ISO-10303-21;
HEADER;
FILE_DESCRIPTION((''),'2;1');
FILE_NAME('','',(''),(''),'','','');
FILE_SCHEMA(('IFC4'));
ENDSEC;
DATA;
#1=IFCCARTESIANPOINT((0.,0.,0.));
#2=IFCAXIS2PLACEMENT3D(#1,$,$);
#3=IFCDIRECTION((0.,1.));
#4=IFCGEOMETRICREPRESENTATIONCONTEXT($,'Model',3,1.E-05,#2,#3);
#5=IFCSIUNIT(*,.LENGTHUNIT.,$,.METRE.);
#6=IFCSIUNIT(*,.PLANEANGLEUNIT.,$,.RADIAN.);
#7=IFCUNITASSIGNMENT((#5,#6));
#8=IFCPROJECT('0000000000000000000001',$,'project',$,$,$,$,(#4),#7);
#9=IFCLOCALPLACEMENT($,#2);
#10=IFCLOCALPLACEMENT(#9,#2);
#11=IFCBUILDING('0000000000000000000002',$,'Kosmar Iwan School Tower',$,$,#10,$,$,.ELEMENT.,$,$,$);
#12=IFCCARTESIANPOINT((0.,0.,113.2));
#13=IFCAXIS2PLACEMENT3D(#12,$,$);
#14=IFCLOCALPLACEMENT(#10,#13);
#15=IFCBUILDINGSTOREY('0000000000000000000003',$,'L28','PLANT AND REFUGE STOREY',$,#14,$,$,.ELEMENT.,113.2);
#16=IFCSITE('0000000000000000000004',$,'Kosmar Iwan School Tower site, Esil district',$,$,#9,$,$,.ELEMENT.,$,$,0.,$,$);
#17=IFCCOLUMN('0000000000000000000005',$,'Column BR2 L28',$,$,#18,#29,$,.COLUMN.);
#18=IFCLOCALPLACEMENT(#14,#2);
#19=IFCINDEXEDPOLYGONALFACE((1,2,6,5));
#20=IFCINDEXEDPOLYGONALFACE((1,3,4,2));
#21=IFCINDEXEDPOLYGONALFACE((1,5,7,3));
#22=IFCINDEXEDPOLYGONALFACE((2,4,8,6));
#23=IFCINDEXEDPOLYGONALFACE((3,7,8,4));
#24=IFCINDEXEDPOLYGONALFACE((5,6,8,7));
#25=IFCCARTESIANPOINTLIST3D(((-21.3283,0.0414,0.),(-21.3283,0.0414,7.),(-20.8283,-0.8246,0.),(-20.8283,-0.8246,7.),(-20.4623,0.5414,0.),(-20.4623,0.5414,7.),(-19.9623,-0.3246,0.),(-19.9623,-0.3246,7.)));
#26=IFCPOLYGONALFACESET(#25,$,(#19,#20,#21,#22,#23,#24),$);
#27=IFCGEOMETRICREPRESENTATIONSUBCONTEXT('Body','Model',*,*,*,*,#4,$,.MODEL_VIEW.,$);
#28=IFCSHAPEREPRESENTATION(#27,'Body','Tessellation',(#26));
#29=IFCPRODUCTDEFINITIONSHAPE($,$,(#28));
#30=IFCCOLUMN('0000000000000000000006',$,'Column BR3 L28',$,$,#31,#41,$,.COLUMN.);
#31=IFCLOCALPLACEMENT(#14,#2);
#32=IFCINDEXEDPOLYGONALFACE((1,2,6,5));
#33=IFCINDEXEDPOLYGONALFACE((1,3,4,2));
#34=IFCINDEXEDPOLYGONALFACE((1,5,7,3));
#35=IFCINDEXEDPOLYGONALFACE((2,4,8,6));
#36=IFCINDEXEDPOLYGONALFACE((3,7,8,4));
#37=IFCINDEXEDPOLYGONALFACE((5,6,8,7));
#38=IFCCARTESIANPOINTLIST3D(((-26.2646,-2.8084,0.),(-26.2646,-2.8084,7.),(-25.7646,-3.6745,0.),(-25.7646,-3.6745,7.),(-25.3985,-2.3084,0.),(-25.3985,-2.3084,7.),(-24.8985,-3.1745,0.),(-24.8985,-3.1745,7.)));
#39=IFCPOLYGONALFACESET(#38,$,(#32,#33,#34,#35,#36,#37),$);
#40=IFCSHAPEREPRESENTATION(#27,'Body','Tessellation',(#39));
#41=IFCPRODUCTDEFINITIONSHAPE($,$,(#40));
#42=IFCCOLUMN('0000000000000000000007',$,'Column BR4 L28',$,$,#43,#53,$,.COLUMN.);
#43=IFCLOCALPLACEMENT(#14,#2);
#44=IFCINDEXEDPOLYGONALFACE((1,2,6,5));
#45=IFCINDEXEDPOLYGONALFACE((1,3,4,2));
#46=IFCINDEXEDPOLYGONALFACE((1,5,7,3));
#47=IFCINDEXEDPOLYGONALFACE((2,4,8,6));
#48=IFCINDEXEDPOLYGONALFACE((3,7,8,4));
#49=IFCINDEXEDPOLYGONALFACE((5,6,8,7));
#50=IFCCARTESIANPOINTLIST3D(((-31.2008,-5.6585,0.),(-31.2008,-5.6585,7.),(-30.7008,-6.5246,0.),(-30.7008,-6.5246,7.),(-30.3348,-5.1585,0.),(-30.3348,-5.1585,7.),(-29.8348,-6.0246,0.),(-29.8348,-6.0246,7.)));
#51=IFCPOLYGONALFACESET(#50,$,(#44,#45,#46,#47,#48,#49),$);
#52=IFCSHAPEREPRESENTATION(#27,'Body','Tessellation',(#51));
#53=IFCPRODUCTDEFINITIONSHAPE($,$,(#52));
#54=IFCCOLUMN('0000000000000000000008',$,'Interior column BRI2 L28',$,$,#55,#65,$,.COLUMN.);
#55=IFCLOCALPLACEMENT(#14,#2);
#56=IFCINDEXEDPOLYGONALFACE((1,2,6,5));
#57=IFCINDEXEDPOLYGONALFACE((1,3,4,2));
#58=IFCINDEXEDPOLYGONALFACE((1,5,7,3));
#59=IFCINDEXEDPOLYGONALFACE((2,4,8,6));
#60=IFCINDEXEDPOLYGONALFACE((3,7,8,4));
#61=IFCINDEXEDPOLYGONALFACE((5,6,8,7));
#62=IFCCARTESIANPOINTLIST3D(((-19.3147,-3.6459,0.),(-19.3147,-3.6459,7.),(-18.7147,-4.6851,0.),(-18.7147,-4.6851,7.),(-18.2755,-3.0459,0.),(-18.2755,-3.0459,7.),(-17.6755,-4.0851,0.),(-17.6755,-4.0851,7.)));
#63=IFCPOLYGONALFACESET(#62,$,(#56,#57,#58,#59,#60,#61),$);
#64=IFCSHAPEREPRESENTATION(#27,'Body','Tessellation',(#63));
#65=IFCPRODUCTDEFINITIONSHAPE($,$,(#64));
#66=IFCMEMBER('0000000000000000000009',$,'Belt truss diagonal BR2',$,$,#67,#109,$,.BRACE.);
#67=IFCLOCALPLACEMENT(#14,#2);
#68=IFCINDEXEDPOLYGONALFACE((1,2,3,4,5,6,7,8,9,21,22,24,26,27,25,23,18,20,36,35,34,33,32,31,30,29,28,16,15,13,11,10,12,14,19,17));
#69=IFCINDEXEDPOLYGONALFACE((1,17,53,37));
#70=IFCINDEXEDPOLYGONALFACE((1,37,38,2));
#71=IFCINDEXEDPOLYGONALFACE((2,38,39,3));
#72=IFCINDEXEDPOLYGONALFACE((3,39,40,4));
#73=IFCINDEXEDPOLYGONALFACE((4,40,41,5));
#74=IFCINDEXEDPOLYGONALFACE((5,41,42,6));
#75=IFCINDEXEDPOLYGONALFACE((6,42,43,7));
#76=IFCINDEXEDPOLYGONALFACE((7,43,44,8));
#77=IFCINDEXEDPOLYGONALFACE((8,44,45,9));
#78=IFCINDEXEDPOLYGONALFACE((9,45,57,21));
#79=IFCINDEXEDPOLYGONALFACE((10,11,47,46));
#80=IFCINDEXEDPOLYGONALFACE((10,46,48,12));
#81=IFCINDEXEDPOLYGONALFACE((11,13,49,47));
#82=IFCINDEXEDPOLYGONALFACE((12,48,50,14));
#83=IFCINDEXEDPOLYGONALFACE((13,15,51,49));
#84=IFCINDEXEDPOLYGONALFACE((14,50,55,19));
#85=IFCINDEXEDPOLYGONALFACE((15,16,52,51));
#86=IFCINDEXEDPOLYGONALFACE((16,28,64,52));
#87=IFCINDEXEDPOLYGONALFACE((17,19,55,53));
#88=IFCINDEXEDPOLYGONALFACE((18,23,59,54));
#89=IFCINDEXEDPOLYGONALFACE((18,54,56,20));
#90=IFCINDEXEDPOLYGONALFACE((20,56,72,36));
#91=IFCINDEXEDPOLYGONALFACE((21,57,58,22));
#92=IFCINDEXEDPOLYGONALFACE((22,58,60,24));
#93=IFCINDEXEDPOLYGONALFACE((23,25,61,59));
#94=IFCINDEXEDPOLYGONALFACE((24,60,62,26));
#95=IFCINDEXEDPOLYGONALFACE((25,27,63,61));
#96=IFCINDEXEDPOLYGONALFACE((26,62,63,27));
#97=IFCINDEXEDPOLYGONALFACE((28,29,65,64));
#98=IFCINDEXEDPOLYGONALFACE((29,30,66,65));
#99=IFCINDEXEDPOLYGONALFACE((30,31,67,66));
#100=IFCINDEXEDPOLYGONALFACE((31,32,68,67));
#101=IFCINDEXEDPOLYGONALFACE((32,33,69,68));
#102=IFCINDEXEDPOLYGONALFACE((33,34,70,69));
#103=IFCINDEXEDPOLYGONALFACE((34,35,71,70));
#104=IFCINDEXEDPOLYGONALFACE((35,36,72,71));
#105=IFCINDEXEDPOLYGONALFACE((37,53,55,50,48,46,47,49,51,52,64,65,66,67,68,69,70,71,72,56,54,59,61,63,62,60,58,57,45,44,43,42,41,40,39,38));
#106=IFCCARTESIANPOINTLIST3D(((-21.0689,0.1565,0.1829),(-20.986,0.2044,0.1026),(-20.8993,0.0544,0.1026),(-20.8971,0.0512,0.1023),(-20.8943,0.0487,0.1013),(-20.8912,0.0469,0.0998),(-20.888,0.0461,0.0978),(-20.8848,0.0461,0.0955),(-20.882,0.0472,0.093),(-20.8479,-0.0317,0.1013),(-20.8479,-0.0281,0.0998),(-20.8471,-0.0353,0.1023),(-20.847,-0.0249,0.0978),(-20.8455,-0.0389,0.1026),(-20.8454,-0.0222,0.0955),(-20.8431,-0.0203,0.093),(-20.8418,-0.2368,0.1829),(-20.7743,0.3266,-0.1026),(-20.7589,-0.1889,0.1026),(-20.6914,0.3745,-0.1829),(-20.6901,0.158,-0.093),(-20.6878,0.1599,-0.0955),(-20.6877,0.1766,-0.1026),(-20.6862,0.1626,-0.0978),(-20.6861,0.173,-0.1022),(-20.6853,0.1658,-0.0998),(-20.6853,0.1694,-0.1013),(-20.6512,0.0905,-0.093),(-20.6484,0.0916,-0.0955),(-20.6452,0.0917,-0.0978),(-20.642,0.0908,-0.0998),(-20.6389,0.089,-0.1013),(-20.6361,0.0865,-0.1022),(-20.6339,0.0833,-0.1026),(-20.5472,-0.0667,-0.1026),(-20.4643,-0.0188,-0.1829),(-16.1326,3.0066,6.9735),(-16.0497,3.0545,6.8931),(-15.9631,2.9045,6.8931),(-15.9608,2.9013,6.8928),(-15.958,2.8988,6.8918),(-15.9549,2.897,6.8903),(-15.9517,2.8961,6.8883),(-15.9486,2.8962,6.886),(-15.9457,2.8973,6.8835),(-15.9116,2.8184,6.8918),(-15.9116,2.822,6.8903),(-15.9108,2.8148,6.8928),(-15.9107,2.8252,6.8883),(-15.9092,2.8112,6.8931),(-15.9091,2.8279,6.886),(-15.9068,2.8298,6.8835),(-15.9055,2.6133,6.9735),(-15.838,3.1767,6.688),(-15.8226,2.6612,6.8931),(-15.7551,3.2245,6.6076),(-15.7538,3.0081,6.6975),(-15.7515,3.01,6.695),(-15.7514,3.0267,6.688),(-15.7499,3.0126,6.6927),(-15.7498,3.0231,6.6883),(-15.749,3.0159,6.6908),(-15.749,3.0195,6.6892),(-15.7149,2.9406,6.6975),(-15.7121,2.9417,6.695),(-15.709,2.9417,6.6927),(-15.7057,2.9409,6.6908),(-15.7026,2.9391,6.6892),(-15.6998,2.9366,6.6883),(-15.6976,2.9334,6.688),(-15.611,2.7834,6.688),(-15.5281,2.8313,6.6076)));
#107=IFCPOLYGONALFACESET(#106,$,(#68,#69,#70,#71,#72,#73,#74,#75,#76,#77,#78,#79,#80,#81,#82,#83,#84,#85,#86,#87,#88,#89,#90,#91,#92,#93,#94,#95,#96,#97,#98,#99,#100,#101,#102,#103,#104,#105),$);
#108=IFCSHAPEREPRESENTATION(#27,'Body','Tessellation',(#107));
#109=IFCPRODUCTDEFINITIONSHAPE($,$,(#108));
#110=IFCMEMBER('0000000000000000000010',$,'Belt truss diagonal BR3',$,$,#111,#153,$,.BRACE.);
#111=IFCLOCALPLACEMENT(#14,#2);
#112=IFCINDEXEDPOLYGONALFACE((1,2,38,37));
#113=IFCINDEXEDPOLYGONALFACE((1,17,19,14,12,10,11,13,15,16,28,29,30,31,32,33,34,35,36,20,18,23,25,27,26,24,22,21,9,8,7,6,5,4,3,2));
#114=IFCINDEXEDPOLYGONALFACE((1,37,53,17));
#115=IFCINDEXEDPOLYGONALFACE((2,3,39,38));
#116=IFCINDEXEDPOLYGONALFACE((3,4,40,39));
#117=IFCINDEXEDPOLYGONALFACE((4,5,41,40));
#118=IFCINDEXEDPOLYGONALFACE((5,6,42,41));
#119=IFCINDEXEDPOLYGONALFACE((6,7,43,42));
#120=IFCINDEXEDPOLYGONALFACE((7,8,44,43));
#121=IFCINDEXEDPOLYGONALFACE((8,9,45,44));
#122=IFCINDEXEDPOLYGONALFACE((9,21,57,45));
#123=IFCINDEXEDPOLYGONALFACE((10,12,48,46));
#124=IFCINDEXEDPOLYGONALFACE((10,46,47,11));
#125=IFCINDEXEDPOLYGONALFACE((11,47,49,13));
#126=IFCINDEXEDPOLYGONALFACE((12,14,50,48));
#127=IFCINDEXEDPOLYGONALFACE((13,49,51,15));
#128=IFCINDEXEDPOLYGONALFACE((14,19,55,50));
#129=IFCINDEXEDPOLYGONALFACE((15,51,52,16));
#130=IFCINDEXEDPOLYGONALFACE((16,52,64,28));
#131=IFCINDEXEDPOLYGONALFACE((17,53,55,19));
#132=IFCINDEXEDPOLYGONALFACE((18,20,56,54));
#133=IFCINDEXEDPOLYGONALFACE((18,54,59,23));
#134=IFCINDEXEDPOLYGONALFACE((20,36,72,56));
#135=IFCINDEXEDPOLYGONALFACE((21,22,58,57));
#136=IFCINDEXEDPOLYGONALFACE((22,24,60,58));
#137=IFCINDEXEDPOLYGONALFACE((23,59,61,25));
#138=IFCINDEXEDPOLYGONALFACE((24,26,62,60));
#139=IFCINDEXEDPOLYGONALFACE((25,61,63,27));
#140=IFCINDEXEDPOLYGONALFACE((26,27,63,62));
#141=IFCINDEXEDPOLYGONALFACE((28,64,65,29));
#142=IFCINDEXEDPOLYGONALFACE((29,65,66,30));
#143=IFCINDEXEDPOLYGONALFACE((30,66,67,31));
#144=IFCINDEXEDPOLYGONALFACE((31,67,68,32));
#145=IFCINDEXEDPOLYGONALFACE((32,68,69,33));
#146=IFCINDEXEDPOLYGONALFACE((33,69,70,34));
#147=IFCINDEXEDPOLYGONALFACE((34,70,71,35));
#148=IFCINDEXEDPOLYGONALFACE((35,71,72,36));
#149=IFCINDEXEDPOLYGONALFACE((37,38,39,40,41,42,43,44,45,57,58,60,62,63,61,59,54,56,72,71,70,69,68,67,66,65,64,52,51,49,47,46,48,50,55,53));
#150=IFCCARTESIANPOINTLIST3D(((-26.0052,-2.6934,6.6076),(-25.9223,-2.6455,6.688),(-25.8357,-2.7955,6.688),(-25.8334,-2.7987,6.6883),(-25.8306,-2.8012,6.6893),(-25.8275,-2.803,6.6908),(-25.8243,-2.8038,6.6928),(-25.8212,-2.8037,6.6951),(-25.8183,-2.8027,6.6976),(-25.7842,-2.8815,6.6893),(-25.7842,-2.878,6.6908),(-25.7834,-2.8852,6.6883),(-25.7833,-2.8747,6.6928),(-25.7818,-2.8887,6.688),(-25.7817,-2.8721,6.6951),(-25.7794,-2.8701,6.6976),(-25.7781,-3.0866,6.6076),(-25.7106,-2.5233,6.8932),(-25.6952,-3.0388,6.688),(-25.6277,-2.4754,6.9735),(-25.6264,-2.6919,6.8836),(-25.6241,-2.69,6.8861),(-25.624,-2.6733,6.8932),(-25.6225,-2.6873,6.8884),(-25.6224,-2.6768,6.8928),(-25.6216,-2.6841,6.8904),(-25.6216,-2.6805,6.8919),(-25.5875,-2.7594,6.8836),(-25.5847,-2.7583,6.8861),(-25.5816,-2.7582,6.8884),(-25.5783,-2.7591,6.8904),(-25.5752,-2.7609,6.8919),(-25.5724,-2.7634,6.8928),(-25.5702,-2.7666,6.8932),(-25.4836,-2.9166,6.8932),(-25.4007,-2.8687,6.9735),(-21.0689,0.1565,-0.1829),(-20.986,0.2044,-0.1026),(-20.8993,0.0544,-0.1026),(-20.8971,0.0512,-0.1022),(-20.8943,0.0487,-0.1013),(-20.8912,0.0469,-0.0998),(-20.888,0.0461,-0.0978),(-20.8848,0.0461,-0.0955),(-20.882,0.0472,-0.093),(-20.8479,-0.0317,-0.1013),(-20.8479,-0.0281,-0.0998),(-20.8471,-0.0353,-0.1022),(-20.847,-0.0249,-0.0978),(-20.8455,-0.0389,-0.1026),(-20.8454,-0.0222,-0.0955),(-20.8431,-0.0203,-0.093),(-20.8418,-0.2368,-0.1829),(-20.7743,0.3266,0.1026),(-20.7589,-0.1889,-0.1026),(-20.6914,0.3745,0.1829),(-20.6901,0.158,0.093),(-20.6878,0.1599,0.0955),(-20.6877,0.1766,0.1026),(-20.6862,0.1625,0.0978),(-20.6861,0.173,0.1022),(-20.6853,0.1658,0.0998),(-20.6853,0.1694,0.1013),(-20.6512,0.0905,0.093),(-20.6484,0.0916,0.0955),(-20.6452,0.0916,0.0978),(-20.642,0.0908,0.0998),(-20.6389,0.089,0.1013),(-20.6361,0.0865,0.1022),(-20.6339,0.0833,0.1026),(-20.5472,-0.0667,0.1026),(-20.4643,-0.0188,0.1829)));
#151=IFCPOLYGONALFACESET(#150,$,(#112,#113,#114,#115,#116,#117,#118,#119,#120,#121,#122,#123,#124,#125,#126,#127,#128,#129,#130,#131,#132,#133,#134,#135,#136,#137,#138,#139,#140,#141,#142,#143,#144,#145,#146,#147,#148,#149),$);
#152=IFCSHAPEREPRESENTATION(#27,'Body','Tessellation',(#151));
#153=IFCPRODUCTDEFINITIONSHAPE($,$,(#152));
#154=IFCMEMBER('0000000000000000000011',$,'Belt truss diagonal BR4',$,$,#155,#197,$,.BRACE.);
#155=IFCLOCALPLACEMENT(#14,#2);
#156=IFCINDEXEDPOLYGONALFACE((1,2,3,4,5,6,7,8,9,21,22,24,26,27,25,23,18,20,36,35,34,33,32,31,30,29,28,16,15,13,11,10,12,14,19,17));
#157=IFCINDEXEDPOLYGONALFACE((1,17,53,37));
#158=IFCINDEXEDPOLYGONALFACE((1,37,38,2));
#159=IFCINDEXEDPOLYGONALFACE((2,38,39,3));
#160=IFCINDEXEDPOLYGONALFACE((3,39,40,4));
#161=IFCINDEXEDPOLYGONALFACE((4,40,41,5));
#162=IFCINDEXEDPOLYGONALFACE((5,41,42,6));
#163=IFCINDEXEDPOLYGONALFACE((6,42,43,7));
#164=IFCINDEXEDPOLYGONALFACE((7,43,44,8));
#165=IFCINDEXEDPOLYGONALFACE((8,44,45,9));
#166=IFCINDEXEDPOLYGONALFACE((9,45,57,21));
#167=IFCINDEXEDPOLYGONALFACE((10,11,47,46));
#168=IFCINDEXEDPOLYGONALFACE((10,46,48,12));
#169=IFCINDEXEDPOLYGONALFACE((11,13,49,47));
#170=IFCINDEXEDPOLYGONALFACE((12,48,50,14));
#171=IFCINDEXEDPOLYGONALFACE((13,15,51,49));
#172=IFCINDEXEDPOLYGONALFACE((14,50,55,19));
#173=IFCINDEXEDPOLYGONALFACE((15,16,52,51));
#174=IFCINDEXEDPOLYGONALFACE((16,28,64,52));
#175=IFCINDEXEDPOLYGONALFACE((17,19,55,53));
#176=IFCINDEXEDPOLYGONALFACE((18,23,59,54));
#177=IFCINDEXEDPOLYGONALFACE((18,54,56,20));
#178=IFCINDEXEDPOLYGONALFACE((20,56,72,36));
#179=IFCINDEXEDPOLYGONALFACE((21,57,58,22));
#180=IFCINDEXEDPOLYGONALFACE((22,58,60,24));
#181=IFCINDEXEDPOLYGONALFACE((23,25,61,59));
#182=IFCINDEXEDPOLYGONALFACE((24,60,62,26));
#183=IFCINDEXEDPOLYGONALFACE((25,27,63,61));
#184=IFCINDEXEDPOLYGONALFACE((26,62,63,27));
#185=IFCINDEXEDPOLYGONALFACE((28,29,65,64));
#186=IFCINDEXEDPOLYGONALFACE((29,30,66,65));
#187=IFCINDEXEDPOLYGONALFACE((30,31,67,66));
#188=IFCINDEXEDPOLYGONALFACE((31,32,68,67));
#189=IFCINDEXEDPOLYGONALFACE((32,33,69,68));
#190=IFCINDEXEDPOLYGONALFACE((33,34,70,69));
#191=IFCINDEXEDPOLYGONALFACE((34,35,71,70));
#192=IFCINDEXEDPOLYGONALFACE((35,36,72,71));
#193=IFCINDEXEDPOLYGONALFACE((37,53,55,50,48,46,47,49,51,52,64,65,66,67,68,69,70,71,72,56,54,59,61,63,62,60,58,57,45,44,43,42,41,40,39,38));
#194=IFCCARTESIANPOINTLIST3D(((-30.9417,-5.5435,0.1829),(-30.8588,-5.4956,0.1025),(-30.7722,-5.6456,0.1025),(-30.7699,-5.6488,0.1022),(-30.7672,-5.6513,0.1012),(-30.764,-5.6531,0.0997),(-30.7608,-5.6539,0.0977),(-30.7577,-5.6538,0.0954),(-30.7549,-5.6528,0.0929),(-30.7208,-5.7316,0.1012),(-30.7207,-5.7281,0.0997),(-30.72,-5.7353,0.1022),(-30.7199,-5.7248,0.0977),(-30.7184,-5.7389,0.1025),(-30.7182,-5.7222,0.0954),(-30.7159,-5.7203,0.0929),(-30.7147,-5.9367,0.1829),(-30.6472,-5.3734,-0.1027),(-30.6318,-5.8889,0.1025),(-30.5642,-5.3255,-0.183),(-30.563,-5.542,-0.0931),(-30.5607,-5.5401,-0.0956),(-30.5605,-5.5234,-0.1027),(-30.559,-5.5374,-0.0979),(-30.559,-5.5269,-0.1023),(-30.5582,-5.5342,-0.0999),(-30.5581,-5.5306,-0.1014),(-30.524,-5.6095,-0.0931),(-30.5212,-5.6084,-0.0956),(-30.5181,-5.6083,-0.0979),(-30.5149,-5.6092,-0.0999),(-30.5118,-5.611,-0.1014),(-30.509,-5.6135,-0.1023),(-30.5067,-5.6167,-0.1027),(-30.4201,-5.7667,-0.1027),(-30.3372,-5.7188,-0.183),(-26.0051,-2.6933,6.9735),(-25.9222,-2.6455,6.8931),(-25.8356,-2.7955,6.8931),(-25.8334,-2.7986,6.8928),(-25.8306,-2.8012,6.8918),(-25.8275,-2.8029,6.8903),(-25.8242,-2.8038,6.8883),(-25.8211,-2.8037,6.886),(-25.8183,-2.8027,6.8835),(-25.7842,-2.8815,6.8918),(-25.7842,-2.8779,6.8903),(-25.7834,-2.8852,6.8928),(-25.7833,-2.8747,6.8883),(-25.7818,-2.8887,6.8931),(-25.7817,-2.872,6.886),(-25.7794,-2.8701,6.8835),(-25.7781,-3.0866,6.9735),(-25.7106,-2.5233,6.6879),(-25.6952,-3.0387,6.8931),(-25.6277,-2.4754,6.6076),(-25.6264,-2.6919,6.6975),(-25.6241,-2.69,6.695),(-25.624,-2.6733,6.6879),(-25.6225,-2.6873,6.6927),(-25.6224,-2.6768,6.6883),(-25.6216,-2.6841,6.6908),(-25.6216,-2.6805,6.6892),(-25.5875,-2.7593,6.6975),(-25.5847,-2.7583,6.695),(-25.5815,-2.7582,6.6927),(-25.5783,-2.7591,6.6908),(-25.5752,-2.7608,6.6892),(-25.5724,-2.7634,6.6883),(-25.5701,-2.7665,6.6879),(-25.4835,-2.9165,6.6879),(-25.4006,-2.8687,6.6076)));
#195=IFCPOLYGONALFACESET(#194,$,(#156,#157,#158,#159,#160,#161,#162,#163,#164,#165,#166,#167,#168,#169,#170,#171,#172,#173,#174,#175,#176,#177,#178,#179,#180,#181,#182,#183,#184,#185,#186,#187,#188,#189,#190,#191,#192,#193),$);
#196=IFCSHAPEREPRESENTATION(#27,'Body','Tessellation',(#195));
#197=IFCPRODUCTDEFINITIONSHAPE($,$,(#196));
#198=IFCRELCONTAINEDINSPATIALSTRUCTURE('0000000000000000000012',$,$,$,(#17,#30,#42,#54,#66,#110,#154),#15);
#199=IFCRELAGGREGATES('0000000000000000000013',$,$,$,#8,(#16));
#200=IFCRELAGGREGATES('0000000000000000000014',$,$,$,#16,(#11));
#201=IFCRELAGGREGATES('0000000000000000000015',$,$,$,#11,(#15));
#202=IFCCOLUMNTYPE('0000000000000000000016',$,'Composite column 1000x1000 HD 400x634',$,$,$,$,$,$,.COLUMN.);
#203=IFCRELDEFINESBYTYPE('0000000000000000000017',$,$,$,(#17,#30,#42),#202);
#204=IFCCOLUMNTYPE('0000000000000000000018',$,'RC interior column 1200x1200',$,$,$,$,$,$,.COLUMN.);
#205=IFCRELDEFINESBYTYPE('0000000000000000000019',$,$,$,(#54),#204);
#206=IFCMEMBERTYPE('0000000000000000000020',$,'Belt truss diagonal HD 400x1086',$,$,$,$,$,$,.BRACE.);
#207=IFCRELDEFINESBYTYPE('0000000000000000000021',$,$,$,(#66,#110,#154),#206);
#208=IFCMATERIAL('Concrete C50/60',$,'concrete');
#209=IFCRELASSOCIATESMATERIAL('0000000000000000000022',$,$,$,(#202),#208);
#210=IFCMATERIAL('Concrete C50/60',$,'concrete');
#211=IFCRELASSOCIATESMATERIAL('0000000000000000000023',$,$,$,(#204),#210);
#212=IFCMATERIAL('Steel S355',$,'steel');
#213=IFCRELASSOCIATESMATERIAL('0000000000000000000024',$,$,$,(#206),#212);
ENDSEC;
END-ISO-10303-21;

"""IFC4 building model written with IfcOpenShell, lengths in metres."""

from ifc_helpers import new_model, si_unit, direction, frame, origin, origin_2d, place, context, subcontext, project, spatial, rectangle, i_section, extrude, material, material_profile, profile_set, type_object, element, save


model = new_model("IFC4")

# Units and contexts
model_context = context("Model", 3, precision=1e-05, world=origin(), true_north=direction((0.0, 1.0)))
body_context = subcontext(model_context, "Body", "Model", "MODEL_VIEW")
ifc_project = project(units=[si_unit("LENGTHUNIT", "METRE"), si_unit("PLANEANGLEUNIT", "RADIAN")], contexts=[model_context])

# Site, building, storey
site_placement = place(None, origin())
site = spatial("IfcSite", under=ifc_project, at=site_placement, Name="Kosmar Iwan School Tower site, Esil district", CompositionType="ELEMENT", RefElevation=0.0)
building_placement = place(site_placement, origin())
building = spatial("IfcBuilding", under=site, at=building_placement, Name="Kosmar Iwan School Tower", CompositionType="ELEMENT")
storey_placement = place(building_placement, frame((0.0, 0.0, 113.2)))
storey = spatial("IfcBuildingStorey", under=building, at=storey_placement, Name="L28", Description="PLANT AND REFUGE STOREY", CompositionType="ELEMENT", Elevation=113.2)

# Columns
ifc_material_1 = material(Name="Concrete C50/60", Category="concrete")
ifc_material_profile_1 = material_profile(ifc_material_1, rectangle(XDim=1.0, YDim=1.0, at=origin_2d()), Name="RC 1000x1000 + HD 400x634")
ifc_profile_set_1 = profile_set([ifc_material_profile_1], Name="Concrete C50/60")
column_type_1 = type_object("IfcColumnType", Name="Composite column 1000x1000 HD 400x634", PredefinedType="COLUMN", material=ifc_profile_set_1)
for number, where, z_axis, x_axis, name in (
    (1, (-20.6453, -0.1416, 0.0), (0.0, 0.0, 1.0), (-0.866025, -0.5, 0.0), "Column BR2 L28"),
    (2, (-25.5815, -2.9915, 0.0), (0.0, 0.0, 1.0), (-0.866025, -0.5, 0.0), "Column BR3 L28"),
    (3, (-30.5178, -5.8416, 0.0), (0.0, 0.0, 1.0), (-0.866025, -0.5, 0.0), "Column BR4 L28"),
):
    element("IfcColumn", number, at=place(storey_placement, frame(where, z_axis=z_axis, x_axis=x_axis)), inside=storey, type_object=column_type_1, Name=name, PredefinedType="COLUMN", context=body_context, shape_type="SweptSolid", body=[
        extrude(rectangle(XDim=1.0, YDim=1.0, at=origin_2d()), origin(), (0.0, 0.0, 1.0), 7.0),
    ])
ifc_material_2 = material(Name="Concrete C50/60", Category="concrete")
ifc_material_profile_2 = material_profile(ifc_material_2, rectangle(XDim=1.2, YDim=1.2, at=origin_2d()), Name="RC 1200x1200")
ifc_profile_set_2 = profile_set([ifc_material_profile_2], Name="Concrete C50/60")
column_type_2 = type_object("IfcColumnType", Name="RC interior column 1200x1200", PredefinedType="COLUMN", material=ifc_profile_set_2)
column_placement = place(storey_placement, frame((-18.4951, -3.8655, 0.0), z_axis=(0.0, 0.0, 1.0), x_axis=(-0.866025, -0.5, 0.0)))
element("IfcColumn", 4, at=column_placement, inside=storey, type_object=column_type_2, Name="Interior column BRI2 L28", PredefinedType="COLUMN", context=body_context, shape_type="SweptSolid", body=[
    extrude(rectangle(XDim=1.2, YDim=1.2, at=origin_2d()), origin(), (0.0, 0.0, 1.0), 7.0),
])

# Members
ifc_material_3 = material(Name="Steel S355", Category="steel")
ifc_material_profile_3 = material_profile(ifc_material_3, i_section(OverallWidth=0.4541, OverallDepth=0.5691, WebThickness=0.0779, FlangeThickness=0.125, FilletRadius=0.0149, at=origin_2d()), Name="HD 400x1086")
ifc_profile_set_3 = profile_set([ifc_material_profile_3], Name="Steel S355")
member_type = type_object("IfcMemberType", Name="Belt truss diagonal HD 400x1086", PredefinedType="BRACE", material=ifc_profile_set_3)
for number, where, z_axis, x_axis, name in (
    (5, (-15.8303, 2.9189, 6.7905), (-0.556782, -0.321474, -0.76593), (0.500018, -0.866015, 0.0), "Belt truss diagonal BR2"),
    (6, (-20.7666, 0.0688, 0.0), (-0.556787, -0.321449, 0.765937), (0.499986, -0.866034, 0.0), "Belt truss diagonal BR3"),
):
    element("IfcMember", number, at=place(storey_placement, frame(where, z_axis=z_axis, x_axis=x_axis)), inside=storey, type_object=member_type, Name=name, PredefinedType="BRACE", context=body_context, shape_type="SweptSolid", body=[
        extrude(i_section(OverallWidth=0.4541, OverallDepth=0.5691, WebThickness=0.0779, FlangeThickness=0.125, FilletRadius=0.0149, at=origin_2d()), origin(), (0.0, 0.0, 1.0), 8.8657),
    ])
member_placement = place(storey_placement, frame((-25.7029, -2.781, 6.7905), z_axis=(-0.556801, -0.321469, -0.765918), x_axis=(0.499999, -0.866026, 0.0)))
element("IfcMember", 7, at=member_placement, inside=storey, type_object=member_type, Name="Belt truss diagonal BR4", PredefinedType="BRACE", context=body_context, shape_type="SweptSolid", body=[
    extrude(i_section(OverallWidth=0.4541, OverallDepth=0.5691, WebThickness=0.0779, FlangeThickness=0.125, FilletRadius=0.0149, at=origin_2d()), origin(), (0.0, 0.0, 1.0), 8.866),
])

save(model, "model.ifc")
